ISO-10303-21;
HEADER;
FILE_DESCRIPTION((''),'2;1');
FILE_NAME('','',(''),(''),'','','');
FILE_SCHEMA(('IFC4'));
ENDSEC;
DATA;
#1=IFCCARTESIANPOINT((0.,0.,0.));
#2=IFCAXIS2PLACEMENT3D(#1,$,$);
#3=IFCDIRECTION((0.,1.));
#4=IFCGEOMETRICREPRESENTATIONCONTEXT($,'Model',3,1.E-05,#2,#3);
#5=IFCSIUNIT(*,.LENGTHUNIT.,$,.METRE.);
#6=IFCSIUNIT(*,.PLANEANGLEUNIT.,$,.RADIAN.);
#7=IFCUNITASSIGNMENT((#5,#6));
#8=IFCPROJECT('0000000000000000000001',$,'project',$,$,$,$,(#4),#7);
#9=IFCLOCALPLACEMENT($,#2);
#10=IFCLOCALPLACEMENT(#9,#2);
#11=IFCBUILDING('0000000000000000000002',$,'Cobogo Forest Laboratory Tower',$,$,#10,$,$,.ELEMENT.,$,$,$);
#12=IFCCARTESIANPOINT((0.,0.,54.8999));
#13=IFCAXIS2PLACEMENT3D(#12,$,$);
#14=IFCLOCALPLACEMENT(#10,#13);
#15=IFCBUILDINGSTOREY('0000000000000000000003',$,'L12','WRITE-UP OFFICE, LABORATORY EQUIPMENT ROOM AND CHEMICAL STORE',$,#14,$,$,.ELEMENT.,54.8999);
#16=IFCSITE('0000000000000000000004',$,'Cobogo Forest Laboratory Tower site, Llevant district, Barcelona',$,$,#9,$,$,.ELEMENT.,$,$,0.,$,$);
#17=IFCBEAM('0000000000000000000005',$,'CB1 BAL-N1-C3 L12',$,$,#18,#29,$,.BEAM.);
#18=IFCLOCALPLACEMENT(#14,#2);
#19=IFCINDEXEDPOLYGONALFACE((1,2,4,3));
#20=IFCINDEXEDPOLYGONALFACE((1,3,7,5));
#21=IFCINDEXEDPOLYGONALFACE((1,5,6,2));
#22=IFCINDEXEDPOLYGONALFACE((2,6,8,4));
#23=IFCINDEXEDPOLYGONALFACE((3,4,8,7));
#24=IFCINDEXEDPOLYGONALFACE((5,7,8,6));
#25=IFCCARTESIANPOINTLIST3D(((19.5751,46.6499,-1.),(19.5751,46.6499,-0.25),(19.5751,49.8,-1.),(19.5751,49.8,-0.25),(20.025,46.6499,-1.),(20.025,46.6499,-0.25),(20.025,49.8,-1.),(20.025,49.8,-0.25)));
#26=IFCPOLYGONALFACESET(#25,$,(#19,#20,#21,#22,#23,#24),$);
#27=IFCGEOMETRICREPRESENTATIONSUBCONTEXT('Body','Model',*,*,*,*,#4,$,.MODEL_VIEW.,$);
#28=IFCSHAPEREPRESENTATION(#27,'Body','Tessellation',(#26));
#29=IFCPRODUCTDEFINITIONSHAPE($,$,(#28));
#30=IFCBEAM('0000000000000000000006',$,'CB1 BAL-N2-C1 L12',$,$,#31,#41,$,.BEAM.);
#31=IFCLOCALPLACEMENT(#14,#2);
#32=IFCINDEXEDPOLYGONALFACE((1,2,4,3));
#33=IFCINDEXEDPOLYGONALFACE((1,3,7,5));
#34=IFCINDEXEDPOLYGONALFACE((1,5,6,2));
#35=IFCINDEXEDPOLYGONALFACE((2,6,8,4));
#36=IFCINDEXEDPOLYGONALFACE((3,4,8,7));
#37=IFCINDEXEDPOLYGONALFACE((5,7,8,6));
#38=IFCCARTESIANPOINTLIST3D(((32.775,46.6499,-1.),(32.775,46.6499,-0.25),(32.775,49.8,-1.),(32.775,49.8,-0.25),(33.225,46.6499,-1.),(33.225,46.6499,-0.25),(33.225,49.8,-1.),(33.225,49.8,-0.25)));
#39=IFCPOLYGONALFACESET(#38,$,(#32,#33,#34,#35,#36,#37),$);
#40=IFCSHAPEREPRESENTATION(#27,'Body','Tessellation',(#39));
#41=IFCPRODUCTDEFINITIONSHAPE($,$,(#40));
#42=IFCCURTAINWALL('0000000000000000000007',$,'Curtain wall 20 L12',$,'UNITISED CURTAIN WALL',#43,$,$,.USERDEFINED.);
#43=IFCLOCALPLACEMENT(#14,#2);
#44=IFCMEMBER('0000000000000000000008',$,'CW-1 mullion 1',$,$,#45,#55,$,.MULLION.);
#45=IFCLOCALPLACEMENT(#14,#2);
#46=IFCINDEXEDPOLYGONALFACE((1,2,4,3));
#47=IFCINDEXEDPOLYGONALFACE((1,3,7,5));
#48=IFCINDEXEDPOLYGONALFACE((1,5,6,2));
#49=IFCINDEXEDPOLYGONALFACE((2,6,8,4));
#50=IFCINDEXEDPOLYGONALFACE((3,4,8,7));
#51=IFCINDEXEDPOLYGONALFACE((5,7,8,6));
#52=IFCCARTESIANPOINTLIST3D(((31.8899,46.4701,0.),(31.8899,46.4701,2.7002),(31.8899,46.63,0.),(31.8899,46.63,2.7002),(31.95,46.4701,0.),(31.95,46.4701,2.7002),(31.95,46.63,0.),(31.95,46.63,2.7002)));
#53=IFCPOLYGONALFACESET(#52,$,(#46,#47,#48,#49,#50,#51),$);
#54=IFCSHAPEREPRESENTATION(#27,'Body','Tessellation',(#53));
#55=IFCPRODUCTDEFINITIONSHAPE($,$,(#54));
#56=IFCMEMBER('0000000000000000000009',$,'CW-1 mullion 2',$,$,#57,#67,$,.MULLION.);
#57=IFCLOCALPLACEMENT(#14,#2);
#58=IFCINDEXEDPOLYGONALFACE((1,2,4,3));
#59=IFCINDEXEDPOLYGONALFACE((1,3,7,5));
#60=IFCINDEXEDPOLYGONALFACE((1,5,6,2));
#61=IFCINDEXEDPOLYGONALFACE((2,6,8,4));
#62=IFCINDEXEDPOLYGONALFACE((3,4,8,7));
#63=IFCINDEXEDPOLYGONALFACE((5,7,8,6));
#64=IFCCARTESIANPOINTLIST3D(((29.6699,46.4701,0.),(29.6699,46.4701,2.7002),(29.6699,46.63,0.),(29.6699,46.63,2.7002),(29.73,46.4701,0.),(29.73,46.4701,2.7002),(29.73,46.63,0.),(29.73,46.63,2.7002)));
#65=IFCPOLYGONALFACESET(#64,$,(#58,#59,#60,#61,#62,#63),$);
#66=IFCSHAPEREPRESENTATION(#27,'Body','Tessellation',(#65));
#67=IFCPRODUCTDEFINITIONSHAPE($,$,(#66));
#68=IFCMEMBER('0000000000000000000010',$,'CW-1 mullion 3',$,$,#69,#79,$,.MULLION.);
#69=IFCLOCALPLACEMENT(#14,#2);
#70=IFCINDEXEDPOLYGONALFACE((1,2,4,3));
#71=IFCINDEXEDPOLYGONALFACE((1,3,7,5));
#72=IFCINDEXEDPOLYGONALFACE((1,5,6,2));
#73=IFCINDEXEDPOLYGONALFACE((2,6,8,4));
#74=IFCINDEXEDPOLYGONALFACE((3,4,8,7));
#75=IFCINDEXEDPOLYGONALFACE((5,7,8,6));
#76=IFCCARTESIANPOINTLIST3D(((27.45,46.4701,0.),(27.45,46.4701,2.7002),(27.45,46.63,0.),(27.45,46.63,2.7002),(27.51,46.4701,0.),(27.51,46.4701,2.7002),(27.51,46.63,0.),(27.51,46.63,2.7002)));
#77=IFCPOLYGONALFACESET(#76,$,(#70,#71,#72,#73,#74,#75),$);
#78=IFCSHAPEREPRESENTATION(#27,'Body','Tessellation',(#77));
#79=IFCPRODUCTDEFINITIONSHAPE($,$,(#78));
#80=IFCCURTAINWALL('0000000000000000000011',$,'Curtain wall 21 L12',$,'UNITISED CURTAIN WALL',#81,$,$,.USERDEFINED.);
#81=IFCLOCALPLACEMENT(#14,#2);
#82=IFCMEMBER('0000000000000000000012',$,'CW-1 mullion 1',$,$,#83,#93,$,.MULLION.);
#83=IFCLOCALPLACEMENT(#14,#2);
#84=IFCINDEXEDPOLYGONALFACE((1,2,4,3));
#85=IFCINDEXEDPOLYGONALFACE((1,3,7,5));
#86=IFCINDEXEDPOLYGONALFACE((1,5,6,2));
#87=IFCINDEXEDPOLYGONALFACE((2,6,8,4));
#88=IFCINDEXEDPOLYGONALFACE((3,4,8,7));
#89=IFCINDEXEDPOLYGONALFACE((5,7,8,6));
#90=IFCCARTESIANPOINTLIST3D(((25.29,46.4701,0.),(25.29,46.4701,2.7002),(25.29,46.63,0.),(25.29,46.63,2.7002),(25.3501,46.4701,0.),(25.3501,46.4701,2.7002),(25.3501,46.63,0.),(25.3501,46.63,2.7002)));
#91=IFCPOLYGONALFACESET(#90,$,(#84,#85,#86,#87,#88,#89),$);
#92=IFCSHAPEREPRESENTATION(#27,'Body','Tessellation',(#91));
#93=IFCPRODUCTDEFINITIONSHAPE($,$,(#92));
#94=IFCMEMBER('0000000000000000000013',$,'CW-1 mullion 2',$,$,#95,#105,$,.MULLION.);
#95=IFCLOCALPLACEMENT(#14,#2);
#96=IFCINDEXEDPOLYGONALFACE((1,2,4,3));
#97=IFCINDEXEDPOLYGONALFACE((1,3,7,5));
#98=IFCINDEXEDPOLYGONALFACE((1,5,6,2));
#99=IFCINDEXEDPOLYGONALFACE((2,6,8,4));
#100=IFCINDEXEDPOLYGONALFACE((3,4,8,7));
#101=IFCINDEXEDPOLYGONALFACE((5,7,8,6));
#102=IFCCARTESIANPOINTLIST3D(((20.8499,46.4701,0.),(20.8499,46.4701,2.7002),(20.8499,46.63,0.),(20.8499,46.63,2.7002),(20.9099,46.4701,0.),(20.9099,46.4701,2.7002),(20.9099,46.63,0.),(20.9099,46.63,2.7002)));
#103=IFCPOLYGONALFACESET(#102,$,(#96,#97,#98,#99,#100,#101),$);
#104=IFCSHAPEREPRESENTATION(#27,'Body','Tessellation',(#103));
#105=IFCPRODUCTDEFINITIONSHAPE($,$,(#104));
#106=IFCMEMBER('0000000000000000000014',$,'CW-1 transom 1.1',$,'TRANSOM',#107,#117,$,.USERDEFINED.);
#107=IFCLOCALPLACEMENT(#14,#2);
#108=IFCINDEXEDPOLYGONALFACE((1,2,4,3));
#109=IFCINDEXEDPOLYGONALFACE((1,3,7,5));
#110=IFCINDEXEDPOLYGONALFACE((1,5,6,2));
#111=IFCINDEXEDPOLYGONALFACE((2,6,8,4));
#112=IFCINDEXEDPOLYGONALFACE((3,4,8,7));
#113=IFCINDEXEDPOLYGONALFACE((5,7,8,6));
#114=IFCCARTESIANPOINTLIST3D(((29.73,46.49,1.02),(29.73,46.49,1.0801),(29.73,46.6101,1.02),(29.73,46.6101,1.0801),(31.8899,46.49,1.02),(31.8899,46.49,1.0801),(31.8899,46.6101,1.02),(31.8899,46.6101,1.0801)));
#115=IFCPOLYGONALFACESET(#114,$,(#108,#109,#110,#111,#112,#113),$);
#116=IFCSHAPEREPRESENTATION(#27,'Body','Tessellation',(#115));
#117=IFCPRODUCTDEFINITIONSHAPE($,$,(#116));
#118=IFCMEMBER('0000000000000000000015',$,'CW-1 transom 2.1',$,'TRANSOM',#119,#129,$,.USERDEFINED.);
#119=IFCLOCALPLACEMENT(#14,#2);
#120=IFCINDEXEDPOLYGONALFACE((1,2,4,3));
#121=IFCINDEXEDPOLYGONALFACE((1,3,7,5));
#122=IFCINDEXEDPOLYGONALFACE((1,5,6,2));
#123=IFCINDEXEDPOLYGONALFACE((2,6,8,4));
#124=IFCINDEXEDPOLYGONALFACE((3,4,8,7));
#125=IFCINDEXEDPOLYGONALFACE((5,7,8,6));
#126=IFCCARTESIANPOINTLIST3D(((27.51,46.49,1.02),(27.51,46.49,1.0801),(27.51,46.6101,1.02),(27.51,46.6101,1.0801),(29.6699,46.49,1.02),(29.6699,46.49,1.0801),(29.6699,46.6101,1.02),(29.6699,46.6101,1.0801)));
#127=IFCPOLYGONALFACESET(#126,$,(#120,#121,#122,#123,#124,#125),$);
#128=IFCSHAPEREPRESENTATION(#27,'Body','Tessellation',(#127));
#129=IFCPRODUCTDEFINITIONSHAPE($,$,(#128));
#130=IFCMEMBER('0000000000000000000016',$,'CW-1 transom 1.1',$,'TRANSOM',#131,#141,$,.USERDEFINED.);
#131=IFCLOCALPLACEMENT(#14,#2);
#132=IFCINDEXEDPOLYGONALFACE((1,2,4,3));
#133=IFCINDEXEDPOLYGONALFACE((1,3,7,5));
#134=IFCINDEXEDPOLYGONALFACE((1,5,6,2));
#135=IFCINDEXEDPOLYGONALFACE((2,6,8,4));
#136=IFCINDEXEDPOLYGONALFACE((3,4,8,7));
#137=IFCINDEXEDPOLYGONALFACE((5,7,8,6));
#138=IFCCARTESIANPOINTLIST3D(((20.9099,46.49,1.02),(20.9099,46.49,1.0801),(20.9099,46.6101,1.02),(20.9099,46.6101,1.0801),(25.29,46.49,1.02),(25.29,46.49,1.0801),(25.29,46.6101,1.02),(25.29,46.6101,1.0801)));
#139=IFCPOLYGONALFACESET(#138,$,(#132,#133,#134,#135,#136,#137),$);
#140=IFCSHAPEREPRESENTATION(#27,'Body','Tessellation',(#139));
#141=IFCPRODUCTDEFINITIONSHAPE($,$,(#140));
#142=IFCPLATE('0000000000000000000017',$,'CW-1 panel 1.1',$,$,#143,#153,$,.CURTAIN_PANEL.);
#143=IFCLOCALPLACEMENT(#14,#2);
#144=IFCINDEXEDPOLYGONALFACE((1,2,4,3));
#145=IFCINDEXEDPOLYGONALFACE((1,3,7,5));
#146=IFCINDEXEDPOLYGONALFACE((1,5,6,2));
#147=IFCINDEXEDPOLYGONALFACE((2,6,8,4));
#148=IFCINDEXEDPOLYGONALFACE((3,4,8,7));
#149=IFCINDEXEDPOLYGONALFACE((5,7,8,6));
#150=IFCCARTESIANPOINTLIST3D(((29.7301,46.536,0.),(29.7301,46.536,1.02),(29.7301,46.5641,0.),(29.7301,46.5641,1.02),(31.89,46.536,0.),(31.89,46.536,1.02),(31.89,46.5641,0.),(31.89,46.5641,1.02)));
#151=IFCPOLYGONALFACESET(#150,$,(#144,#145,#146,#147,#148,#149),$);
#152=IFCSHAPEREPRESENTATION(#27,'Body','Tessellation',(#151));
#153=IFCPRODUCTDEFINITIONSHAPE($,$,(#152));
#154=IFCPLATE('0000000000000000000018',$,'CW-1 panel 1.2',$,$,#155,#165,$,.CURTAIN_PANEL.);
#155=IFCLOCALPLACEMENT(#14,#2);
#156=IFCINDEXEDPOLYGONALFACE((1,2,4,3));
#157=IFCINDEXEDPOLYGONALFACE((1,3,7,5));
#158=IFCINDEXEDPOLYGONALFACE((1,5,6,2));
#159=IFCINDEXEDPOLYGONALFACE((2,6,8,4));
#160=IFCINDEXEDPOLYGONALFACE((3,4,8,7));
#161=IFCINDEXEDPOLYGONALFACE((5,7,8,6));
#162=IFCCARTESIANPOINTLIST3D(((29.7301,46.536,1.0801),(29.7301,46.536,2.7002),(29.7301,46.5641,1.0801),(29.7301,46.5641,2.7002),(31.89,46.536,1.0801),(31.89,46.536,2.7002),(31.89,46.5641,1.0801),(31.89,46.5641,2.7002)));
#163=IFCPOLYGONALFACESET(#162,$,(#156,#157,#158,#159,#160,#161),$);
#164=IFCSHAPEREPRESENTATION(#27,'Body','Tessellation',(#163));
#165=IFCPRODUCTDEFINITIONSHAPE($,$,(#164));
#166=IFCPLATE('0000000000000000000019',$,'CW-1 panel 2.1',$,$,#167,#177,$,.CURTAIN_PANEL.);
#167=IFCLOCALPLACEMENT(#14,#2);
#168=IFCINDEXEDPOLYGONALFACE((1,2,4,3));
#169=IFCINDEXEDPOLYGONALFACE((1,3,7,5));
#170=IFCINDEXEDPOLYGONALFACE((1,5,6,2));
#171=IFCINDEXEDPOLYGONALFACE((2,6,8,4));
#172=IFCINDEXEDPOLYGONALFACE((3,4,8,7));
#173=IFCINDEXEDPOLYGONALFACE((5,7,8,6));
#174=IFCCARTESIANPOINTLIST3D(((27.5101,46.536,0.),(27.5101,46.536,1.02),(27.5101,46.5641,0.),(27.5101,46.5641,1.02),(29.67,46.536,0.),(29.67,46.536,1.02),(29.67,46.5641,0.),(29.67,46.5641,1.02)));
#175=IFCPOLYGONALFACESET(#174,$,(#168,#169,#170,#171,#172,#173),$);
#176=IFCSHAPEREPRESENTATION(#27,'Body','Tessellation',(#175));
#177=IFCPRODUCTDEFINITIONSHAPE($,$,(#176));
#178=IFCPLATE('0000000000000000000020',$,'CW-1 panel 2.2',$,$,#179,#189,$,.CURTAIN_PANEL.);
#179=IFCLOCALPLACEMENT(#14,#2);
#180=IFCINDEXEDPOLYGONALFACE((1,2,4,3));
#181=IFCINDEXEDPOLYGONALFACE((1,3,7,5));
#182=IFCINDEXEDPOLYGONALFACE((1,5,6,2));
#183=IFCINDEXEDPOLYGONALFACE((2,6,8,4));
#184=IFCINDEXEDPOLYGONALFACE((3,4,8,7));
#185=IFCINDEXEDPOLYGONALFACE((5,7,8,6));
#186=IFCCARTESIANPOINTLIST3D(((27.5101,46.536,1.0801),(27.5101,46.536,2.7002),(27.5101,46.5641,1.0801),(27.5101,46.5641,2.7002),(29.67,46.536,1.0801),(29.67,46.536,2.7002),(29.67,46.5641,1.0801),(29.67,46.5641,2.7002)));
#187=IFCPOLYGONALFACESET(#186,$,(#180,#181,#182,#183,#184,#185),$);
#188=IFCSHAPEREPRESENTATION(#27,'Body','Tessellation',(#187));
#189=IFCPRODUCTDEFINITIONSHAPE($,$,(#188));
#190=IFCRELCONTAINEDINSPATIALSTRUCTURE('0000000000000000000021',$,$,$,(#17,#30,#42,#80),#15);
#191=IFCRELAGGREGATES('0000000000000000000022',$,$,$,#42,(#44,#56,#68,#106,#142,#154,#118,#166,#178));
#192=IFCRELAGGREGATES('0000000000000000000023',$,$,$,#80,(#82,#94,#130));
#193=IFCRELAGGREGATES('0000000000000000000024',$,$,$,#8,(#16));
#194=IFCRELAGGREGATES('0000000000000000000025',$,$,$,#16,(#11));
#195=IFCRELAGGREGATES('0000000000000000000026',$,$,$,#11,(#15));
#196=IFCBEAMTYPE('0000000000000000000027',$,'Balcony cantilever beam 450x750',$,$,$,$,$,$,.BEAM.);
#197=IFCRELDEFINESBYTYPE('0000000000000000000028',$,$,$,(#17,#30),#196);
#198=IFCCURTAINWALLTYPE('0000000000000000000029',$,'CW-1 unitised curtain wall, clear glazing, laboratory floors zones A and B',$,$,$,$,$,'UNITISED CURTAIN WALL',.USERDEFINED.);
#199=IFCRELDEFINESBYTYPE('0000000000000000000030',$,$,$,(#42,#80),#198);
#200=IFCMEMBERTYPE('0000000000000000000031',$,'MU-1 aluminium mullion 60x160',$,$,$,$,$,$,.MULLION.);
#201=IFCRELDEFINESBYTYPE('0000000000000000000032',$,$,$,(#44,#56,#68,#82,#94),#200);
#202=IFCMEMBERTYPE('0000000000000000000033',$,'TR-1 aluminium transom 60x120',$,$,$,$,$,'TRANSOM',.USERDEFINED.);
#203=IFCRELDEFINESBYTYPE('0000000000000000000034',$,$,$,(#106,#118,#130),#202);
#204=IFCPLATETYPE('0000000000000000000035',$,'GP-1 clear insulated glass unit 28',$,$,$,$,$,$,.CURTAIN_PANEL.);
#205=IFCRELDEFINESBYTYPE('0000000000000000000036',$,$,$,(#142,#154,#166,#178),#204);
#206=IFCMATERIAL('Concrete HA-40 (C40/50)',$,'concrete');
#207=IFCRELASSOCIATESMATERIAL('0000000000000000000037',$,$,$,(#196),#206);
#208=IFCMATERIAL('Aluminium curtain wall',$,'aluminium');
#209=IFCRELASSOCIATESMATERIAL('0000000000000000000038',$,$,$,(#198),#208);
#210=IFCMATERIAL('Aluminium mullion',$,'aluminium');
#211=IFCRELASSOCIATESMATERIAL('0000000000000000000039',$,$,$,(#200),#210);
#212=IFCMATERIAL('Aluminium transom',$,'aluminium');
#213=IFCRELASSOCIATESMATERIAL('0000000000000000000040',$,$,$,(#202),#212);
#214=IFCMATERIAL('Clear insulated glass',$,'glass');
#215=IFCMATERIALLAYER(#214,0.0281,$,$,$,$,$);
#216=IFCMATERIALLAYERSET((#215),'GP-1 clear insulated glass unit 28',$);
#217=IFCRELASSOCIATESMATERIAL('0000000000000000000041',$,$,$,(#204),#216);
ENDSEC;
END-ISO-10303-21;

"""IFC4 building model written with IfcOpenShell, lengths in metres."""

from ifc_helpers import new_model, si_unit, direction, frame, origin, origin_2d, place, context, subcontext, project, spatial, rectangle, extrude, material, layer, layer_set, material_profile, profile_set, type_object, element, aggregate, save


model = new_model("IFC4")

# Units and contexts
model_context = context("Model", 3, precision=1e-05, world=origin(), true_north=direction((0.0, 1.0)))
body_context = subcontext(model_context, "Body", "Model", "MODEL_VIEW")
ifc_project = project(units=[si_unit("LENGTHUNIT", "METRE"), si_unit("PLANEANGLEUNIT", "RADIAN")], contexts=[model_context])

# Site, building, storey
site_placement = place(None, origin())
site = spatial("IfcSite", under=ifc_project, at=site_placement, Name="Cobogo Forest Laboratory Tower site, Llevant district, Barcelona", CompositionType="ELEMENT", RefElevation=0.0)
building_placement = place(site_placement, origin())
building = spatial("IfcBuilding", under=site, at=building_placement, Name="Cobogo Forest Laboratory Tower", CompositionType="ELEMENT")
storey_placement = place(building_placement, frame((0.0, 0.0, 54.8999)))
storey = spatial("IfcBuildingStorey", under=building, at=storey_placement, Name="L12", Description="WRITE-UP OFFICE, LABORATORY EQUIPMENT ROOM AND CHEMICAL STORE", CompositionType="ELEMENT", Elevation=54.8999)

# Beams
ifc_material_1 = material(Name="Concrete HA-40 (C40/50)", Category="concrete")
ifc_material_profile_1 = material_profile(ifc_material_1, rectangle(XDim=0.45, YDim=0.75, at=origin_2d()), Name="RC 450x750")
ifc_profile_set_1 = profile_set([ifc_material_profile_1], Name="Concrete HA-40 (C40/50)")
beam_type = type_object("IfcBeamType", Name="Balcony cantilever beam 450x750", PredefinedType="BEAM", material=ifc_profile_set_1)
for number, where, z_axis, x_axis, name in (
    (1, (19.8, 46.6499, -0.625), (0.0, 1.0, 0.0), (-1.0, 0.0, 0.0), "CB1 BAL-N1-C3 L12"),
    (2, (33.0, 46.6499, -0.625), (0.0, 1.0, 0.0), (-1.0, 0.0, 0.0), "CB1 BAL-N2-C1 L12"),
):
    element("IfcBeam", number, at=place(storey_placement, frame(where, z_axis=z_axis, x_axis=x_axis)), inside=storey, type_object=beam_type, Name=name, PredefinedType="BEAM", context=body_context, shape_type="SweptSolid", body=[
        extrude(rectangle(XDim=0.45, YDim=0.75, at=origin_2d()), origin(), (0.0, 0.0, 1.0), 3.1501),
    ])

# Curtain walls, members
ifc_material_2 = material(Name="Aluminium curtain wall", Category="aluminium")
curtain_wall_type = type_object("IfcCurtainWallType", Name="CW-1 unitised curtain wall, clear glazing, laboratory floors zones A and B", ElementType="UNITISED CURTAIN WALL", PredefinedType="USERDEFINED", material=ifc_material_2)
curtain_wall_1_placement = place(storey_placement, origin())
curtain_wall_1 = element("IfcCurtainWall", 3, at=curtain_wall_1_placement, inside=storey, type_object=curtain_wall_type, Name="Curtain wall 20 L12", ObjectType="UNITISED CURTAIN WALL", PredefinedType="USERDEFINED")
ifc_material_3 = material(Name="Aluminium mullion", Category="aluminium")
ifc_material_profile_2 = material_profile(ifc_material_3, rectangle(XDim=0.0601, YDim=0.1599, at=origin_2d()), Name="AL 60x160")
ifc_profile_set_2 = profile_set([ifc_material_profile_2], Name="Aluminium mullion")
member_type_1 = type_object("IfcMemberType", Name="MU-1 aluminium mullion 60x160", PredefinedType="MULLION", material=ifc_profile_set_2)
member_1_placement = place(storey_placement, frame((31.9199, 46.55, 0.0), z_axis=(0.0, 0.0, 1.0), x_axis=(-1.0, 0.0, 0.0)))
member_1 = element("IfcMember", 4, at=member_1_placement, type_object=member_type_1, Name="CW-1 mullion 1", PredefinedType="MULLION", context=body_context, shape_type="SweptSolid", body=[
    extrude(rectangle(XDim=0.0601, YDim=0.1599, at=origin_2d()), origin(), (0.0, 0.0, 1.0), 2.7002),
])
member_2_placement = place(storey_placement, frame((29.7, 46.55, 0.0), z_axis=(0.0, 0.0, 1.0), x_axis=(-1.0, 0.0, 0.0)))
member_2 = element("IfcMember", 5, at=member_2_placement, type_object=member_type_1, Name="CW-1 mullion 2", PredefinedType="MULLION", context=body_context, shape_type="SweptSolid", body=[
    extrude(rectangle(XDim=0.0601, YDim=0.1599, at=origin_2d()), origin(), (0.0, 0.0, 1.0), 2.7002),
])
member_3_placement = place(storey_placement, frame((27.48, 46.55, 0.0), z_axis=(0.0, 0.0, 1.0), x_axis=(-1.0, 0.0, 0.0)))
member_3 = element("IfcMember", 6, at=member_3_placement, type_object=member_type_1, Name="CW-1 mullion 3", PredefinedType="MULLION", context=body_context, shape_type="SweptSolid", body=[
    extrude(rectangle(XDim=0.0601, YDim=0.1599, at=origin_2d()), origin(), (0.0, 0.0, 1.0), 2.7002),
])
curtain_wall_2_placement = place(storey_placement, origin())
curtain_wall_2 = element("IfcCurtainWall", 7, at=curtain_wall_2_placement, inside=storey, type_object=curtain_wall_type, Name="Curtain wall 21 L12", ObjectType="UNITISED CURTAIN WALL", PredefinedType="USERDEFINED")
member_4_placement = place(storey_placement, frame((25.3201, 46.55, 0.0), z_axis=(0.0, 0.0, 1.0), x_axis=(-1.0, 0.0, 0.0)))
member_4 = element("IfcMember", 8, at=member_4_placement, type_object=member_type_1, Name="CW-1 mullion 1", PredefinedType="MULLION", context=body_context, shape_type="SweptSolid", body=[
    extrude(rectangle(XDim=0.0601, YDim=0.1599, at=origin_2d()), origin(), (0.0, 0.0, 1.0), 2.7002),
])
member_5_placement = place(storey_placement, frame((20.8799, 46.55, 0.0), z_axis=(0.0, 0.0, 1.0), x_axis=(-1.0, 0.0, 0.0)))
member_5 = element("IfcMember", 9, at=member_5_placement, type_object=member_type_1, Name="CW-1 mullion 2", PredefinedType="MULLION", context=body_context, shape_type="SweptSolid", body=[
    extrude(rectangle(XDim=0.0601, YDim=0.1599, at=origin_2d()), origin(), (0.0, 0.0, 1.0), 2.7002),
])

# Members
ifc_material_4 = material(Name="Aluminium transom", Category="aluminium")
ifc_material_profile_3 = material_profile(ifc_material_4, rectangle(XDim=0.1201, YDim=0.0601, at=origin_2d()), Name="AL 60x120")
ifc_profile_set_3 = profile_set([ifc_material_profile_3], Name="Aluminium transom")
member_type_2 = type_object("IfcMemberType", Name="TR-1 aluminium transom 60x120", ElementType="TRANSOM", PredefinedType="USERDEFINED", material=ifc_profile_set_3)
member_6_placement = place(storey_placement, frame((31.8899, 46.55, 1.05), z_axis=(-1.0, 0.0, 0.0), x_axis=(0.0, -1.0, 0.0)))
member_6 = element("IfcMember", 10, at=member_6_placement, type_object=member_type_2, Name="CW-1 transom 1.1", ObjectType="TRANSOM", PredefinedType="USERDEFINED", context=body_context, shape_type="SweptSolid", body=[
    extrude(rectangle(XDim=0.1201, YDim=0.0601, at=origin_2d()), origin(), (0.0, 0.0, 1.0), 2.1599),
])
member_7_placement = place(storey_placement, frame((29.6699, 46.55, 1.05), z_axis=(-1.0, 0.0, 0.0), x_axis=(0.0, -1.0, 0.0)))
member_7 = element("IfcMember", 11, at=member_7_placement, type_object=member_type_2, Name="CW-1 transom 2.1", ObjectType="TRANSOM", PredefinedType="USERDEFINED", context=body_context, shape_type="SweptSolid", body=[
    extrude(rectangle(XDim=0.1201, YDim=0.0601, at=origin_2d()), origin(), (0.0, 0.0, 1.0), 2.1599),
])
member_8_placement = place(storey_placement, frame((25.29, 46.55, 1.05), z_axis=(-1.0, 0.0, 0.0), x_axis=(0.0, -1.0, 0.0)))
member_8 = element("IfcMember", 12, at=member_8_placement, type_object=member_type_2, Name="CW-1 transom 1.1", ObjectType="TRANSOM", PredefinedType="USERDEFINED", context=body_context, shape_type="SweptSolid", body=[
    extrude(rectangle(XDim=0.1201, YDim=0.0601, at=origin_2d()), origin(), (0.0, 0.0, 1.0), 4.3801),
])

# Plates
ifc_material_5 = material(Name="Clear insulated glass", Category="glass")
ifc_layer_1 = layer(ifc_material_5, 0.0281)
ifc_layer_set_1 = layer_set([ifc_layer_1], Name="GP-1 clear insulated glass unit 28")
plate_type_1 = type_object("IfcPlateType", Name="GP-1 clear insulated glass unit 28", PredefinedType="CURTAIN_PANEL", material=ifc_layer_set_1)
plate_1_placement = place(storey_placement, frame((30.8101, 46.55, 0.0), z_axis=(0.0, 0.0, 1.0), x_axis=(-1.0, 0.0, 0.0)))
plate_1 = element("IfcPlate", 13, at=plate_1_placement, type_object=plate_type_1, Name="CW-1 panel 1.1", PredefinedType="CURTAIN_PANEL", context=body_context, shape_type="SweptSolid", body=[
    extrude(rectangle(XDim=2.1599, YDim=0.0281, at=origin_2d()), origin(), (0.0, 0.0, 1.0), 1.02),
])
plate_2_placement = place(storey_placement, frame((30.8101, 46.55, 1.0801), z_axis=(0.0, 0.0, 1.0), x_axis=(-1.0, 0.0, 0.0)))
plate_2 = element("IfcPlate", 14, at=plate_2_placement, type_object=plate_type_1, Name="CW-1 panel 1.2", PredefinedType="CURTAIN_PANEL", context=body_context, shape_type="SweptSolid", body=[
    extrude(rectangle(XDim=2.1599, YDim=0.0281, at=origin_2d()), origin(), (0.0, 0.0, 1.0), 1.6201),
])
plate_3_placement = place(storey_placement, frame((28.5901, 46.55, 0.0), z_axis=(0.0, 0.0, 1.0), x_axis=(-1.0, 0.0, 0.0)))
plate_3 = element("IfcPlate", 15, at=plate_3_placement, type_object=plate_type_1, Name="CW-1 panel 2.1", PredefinedType="CURTAIN_PANEL", context=body_context, shape_type="SweptSolid", body=[
    extrude(rectangle(XDim=2.1599, YDim=0.0281, at=origin_2d()), origin(), (0.0, 0.0, 1.0), 1.02),
])
plate_4_placement = place(storey_placement, frame((28.5901, 46.55, 1.0801), z_axis=(0.0, 0.0, 1.0), x_axis=(-1.0, 0.0, 0.0)))
plate_4 = element("IfcPlate", 16, at=plate_4_placement, type_object=plate_type_1, Name="CW-1 panel 2.2", PredefinedType="CURTAIN_PANEL", context=body_context, shape_type="SweptSolid", body=[
    extrude(rectangle(XDim=2.1599, YDim=0.0281, at=origin_2d()), origin(), (0.0, 0.0, 1.0), 1.6201),
])
aggregate(curtain_wall_1, [member_1, member_2, member_3, member_6, plate_1, plate_2, member_7, plate_3, plate_4])
aggregate(curtain_wall_2, [member_4, member_5, member_8])

save(model, "model.ifc")
